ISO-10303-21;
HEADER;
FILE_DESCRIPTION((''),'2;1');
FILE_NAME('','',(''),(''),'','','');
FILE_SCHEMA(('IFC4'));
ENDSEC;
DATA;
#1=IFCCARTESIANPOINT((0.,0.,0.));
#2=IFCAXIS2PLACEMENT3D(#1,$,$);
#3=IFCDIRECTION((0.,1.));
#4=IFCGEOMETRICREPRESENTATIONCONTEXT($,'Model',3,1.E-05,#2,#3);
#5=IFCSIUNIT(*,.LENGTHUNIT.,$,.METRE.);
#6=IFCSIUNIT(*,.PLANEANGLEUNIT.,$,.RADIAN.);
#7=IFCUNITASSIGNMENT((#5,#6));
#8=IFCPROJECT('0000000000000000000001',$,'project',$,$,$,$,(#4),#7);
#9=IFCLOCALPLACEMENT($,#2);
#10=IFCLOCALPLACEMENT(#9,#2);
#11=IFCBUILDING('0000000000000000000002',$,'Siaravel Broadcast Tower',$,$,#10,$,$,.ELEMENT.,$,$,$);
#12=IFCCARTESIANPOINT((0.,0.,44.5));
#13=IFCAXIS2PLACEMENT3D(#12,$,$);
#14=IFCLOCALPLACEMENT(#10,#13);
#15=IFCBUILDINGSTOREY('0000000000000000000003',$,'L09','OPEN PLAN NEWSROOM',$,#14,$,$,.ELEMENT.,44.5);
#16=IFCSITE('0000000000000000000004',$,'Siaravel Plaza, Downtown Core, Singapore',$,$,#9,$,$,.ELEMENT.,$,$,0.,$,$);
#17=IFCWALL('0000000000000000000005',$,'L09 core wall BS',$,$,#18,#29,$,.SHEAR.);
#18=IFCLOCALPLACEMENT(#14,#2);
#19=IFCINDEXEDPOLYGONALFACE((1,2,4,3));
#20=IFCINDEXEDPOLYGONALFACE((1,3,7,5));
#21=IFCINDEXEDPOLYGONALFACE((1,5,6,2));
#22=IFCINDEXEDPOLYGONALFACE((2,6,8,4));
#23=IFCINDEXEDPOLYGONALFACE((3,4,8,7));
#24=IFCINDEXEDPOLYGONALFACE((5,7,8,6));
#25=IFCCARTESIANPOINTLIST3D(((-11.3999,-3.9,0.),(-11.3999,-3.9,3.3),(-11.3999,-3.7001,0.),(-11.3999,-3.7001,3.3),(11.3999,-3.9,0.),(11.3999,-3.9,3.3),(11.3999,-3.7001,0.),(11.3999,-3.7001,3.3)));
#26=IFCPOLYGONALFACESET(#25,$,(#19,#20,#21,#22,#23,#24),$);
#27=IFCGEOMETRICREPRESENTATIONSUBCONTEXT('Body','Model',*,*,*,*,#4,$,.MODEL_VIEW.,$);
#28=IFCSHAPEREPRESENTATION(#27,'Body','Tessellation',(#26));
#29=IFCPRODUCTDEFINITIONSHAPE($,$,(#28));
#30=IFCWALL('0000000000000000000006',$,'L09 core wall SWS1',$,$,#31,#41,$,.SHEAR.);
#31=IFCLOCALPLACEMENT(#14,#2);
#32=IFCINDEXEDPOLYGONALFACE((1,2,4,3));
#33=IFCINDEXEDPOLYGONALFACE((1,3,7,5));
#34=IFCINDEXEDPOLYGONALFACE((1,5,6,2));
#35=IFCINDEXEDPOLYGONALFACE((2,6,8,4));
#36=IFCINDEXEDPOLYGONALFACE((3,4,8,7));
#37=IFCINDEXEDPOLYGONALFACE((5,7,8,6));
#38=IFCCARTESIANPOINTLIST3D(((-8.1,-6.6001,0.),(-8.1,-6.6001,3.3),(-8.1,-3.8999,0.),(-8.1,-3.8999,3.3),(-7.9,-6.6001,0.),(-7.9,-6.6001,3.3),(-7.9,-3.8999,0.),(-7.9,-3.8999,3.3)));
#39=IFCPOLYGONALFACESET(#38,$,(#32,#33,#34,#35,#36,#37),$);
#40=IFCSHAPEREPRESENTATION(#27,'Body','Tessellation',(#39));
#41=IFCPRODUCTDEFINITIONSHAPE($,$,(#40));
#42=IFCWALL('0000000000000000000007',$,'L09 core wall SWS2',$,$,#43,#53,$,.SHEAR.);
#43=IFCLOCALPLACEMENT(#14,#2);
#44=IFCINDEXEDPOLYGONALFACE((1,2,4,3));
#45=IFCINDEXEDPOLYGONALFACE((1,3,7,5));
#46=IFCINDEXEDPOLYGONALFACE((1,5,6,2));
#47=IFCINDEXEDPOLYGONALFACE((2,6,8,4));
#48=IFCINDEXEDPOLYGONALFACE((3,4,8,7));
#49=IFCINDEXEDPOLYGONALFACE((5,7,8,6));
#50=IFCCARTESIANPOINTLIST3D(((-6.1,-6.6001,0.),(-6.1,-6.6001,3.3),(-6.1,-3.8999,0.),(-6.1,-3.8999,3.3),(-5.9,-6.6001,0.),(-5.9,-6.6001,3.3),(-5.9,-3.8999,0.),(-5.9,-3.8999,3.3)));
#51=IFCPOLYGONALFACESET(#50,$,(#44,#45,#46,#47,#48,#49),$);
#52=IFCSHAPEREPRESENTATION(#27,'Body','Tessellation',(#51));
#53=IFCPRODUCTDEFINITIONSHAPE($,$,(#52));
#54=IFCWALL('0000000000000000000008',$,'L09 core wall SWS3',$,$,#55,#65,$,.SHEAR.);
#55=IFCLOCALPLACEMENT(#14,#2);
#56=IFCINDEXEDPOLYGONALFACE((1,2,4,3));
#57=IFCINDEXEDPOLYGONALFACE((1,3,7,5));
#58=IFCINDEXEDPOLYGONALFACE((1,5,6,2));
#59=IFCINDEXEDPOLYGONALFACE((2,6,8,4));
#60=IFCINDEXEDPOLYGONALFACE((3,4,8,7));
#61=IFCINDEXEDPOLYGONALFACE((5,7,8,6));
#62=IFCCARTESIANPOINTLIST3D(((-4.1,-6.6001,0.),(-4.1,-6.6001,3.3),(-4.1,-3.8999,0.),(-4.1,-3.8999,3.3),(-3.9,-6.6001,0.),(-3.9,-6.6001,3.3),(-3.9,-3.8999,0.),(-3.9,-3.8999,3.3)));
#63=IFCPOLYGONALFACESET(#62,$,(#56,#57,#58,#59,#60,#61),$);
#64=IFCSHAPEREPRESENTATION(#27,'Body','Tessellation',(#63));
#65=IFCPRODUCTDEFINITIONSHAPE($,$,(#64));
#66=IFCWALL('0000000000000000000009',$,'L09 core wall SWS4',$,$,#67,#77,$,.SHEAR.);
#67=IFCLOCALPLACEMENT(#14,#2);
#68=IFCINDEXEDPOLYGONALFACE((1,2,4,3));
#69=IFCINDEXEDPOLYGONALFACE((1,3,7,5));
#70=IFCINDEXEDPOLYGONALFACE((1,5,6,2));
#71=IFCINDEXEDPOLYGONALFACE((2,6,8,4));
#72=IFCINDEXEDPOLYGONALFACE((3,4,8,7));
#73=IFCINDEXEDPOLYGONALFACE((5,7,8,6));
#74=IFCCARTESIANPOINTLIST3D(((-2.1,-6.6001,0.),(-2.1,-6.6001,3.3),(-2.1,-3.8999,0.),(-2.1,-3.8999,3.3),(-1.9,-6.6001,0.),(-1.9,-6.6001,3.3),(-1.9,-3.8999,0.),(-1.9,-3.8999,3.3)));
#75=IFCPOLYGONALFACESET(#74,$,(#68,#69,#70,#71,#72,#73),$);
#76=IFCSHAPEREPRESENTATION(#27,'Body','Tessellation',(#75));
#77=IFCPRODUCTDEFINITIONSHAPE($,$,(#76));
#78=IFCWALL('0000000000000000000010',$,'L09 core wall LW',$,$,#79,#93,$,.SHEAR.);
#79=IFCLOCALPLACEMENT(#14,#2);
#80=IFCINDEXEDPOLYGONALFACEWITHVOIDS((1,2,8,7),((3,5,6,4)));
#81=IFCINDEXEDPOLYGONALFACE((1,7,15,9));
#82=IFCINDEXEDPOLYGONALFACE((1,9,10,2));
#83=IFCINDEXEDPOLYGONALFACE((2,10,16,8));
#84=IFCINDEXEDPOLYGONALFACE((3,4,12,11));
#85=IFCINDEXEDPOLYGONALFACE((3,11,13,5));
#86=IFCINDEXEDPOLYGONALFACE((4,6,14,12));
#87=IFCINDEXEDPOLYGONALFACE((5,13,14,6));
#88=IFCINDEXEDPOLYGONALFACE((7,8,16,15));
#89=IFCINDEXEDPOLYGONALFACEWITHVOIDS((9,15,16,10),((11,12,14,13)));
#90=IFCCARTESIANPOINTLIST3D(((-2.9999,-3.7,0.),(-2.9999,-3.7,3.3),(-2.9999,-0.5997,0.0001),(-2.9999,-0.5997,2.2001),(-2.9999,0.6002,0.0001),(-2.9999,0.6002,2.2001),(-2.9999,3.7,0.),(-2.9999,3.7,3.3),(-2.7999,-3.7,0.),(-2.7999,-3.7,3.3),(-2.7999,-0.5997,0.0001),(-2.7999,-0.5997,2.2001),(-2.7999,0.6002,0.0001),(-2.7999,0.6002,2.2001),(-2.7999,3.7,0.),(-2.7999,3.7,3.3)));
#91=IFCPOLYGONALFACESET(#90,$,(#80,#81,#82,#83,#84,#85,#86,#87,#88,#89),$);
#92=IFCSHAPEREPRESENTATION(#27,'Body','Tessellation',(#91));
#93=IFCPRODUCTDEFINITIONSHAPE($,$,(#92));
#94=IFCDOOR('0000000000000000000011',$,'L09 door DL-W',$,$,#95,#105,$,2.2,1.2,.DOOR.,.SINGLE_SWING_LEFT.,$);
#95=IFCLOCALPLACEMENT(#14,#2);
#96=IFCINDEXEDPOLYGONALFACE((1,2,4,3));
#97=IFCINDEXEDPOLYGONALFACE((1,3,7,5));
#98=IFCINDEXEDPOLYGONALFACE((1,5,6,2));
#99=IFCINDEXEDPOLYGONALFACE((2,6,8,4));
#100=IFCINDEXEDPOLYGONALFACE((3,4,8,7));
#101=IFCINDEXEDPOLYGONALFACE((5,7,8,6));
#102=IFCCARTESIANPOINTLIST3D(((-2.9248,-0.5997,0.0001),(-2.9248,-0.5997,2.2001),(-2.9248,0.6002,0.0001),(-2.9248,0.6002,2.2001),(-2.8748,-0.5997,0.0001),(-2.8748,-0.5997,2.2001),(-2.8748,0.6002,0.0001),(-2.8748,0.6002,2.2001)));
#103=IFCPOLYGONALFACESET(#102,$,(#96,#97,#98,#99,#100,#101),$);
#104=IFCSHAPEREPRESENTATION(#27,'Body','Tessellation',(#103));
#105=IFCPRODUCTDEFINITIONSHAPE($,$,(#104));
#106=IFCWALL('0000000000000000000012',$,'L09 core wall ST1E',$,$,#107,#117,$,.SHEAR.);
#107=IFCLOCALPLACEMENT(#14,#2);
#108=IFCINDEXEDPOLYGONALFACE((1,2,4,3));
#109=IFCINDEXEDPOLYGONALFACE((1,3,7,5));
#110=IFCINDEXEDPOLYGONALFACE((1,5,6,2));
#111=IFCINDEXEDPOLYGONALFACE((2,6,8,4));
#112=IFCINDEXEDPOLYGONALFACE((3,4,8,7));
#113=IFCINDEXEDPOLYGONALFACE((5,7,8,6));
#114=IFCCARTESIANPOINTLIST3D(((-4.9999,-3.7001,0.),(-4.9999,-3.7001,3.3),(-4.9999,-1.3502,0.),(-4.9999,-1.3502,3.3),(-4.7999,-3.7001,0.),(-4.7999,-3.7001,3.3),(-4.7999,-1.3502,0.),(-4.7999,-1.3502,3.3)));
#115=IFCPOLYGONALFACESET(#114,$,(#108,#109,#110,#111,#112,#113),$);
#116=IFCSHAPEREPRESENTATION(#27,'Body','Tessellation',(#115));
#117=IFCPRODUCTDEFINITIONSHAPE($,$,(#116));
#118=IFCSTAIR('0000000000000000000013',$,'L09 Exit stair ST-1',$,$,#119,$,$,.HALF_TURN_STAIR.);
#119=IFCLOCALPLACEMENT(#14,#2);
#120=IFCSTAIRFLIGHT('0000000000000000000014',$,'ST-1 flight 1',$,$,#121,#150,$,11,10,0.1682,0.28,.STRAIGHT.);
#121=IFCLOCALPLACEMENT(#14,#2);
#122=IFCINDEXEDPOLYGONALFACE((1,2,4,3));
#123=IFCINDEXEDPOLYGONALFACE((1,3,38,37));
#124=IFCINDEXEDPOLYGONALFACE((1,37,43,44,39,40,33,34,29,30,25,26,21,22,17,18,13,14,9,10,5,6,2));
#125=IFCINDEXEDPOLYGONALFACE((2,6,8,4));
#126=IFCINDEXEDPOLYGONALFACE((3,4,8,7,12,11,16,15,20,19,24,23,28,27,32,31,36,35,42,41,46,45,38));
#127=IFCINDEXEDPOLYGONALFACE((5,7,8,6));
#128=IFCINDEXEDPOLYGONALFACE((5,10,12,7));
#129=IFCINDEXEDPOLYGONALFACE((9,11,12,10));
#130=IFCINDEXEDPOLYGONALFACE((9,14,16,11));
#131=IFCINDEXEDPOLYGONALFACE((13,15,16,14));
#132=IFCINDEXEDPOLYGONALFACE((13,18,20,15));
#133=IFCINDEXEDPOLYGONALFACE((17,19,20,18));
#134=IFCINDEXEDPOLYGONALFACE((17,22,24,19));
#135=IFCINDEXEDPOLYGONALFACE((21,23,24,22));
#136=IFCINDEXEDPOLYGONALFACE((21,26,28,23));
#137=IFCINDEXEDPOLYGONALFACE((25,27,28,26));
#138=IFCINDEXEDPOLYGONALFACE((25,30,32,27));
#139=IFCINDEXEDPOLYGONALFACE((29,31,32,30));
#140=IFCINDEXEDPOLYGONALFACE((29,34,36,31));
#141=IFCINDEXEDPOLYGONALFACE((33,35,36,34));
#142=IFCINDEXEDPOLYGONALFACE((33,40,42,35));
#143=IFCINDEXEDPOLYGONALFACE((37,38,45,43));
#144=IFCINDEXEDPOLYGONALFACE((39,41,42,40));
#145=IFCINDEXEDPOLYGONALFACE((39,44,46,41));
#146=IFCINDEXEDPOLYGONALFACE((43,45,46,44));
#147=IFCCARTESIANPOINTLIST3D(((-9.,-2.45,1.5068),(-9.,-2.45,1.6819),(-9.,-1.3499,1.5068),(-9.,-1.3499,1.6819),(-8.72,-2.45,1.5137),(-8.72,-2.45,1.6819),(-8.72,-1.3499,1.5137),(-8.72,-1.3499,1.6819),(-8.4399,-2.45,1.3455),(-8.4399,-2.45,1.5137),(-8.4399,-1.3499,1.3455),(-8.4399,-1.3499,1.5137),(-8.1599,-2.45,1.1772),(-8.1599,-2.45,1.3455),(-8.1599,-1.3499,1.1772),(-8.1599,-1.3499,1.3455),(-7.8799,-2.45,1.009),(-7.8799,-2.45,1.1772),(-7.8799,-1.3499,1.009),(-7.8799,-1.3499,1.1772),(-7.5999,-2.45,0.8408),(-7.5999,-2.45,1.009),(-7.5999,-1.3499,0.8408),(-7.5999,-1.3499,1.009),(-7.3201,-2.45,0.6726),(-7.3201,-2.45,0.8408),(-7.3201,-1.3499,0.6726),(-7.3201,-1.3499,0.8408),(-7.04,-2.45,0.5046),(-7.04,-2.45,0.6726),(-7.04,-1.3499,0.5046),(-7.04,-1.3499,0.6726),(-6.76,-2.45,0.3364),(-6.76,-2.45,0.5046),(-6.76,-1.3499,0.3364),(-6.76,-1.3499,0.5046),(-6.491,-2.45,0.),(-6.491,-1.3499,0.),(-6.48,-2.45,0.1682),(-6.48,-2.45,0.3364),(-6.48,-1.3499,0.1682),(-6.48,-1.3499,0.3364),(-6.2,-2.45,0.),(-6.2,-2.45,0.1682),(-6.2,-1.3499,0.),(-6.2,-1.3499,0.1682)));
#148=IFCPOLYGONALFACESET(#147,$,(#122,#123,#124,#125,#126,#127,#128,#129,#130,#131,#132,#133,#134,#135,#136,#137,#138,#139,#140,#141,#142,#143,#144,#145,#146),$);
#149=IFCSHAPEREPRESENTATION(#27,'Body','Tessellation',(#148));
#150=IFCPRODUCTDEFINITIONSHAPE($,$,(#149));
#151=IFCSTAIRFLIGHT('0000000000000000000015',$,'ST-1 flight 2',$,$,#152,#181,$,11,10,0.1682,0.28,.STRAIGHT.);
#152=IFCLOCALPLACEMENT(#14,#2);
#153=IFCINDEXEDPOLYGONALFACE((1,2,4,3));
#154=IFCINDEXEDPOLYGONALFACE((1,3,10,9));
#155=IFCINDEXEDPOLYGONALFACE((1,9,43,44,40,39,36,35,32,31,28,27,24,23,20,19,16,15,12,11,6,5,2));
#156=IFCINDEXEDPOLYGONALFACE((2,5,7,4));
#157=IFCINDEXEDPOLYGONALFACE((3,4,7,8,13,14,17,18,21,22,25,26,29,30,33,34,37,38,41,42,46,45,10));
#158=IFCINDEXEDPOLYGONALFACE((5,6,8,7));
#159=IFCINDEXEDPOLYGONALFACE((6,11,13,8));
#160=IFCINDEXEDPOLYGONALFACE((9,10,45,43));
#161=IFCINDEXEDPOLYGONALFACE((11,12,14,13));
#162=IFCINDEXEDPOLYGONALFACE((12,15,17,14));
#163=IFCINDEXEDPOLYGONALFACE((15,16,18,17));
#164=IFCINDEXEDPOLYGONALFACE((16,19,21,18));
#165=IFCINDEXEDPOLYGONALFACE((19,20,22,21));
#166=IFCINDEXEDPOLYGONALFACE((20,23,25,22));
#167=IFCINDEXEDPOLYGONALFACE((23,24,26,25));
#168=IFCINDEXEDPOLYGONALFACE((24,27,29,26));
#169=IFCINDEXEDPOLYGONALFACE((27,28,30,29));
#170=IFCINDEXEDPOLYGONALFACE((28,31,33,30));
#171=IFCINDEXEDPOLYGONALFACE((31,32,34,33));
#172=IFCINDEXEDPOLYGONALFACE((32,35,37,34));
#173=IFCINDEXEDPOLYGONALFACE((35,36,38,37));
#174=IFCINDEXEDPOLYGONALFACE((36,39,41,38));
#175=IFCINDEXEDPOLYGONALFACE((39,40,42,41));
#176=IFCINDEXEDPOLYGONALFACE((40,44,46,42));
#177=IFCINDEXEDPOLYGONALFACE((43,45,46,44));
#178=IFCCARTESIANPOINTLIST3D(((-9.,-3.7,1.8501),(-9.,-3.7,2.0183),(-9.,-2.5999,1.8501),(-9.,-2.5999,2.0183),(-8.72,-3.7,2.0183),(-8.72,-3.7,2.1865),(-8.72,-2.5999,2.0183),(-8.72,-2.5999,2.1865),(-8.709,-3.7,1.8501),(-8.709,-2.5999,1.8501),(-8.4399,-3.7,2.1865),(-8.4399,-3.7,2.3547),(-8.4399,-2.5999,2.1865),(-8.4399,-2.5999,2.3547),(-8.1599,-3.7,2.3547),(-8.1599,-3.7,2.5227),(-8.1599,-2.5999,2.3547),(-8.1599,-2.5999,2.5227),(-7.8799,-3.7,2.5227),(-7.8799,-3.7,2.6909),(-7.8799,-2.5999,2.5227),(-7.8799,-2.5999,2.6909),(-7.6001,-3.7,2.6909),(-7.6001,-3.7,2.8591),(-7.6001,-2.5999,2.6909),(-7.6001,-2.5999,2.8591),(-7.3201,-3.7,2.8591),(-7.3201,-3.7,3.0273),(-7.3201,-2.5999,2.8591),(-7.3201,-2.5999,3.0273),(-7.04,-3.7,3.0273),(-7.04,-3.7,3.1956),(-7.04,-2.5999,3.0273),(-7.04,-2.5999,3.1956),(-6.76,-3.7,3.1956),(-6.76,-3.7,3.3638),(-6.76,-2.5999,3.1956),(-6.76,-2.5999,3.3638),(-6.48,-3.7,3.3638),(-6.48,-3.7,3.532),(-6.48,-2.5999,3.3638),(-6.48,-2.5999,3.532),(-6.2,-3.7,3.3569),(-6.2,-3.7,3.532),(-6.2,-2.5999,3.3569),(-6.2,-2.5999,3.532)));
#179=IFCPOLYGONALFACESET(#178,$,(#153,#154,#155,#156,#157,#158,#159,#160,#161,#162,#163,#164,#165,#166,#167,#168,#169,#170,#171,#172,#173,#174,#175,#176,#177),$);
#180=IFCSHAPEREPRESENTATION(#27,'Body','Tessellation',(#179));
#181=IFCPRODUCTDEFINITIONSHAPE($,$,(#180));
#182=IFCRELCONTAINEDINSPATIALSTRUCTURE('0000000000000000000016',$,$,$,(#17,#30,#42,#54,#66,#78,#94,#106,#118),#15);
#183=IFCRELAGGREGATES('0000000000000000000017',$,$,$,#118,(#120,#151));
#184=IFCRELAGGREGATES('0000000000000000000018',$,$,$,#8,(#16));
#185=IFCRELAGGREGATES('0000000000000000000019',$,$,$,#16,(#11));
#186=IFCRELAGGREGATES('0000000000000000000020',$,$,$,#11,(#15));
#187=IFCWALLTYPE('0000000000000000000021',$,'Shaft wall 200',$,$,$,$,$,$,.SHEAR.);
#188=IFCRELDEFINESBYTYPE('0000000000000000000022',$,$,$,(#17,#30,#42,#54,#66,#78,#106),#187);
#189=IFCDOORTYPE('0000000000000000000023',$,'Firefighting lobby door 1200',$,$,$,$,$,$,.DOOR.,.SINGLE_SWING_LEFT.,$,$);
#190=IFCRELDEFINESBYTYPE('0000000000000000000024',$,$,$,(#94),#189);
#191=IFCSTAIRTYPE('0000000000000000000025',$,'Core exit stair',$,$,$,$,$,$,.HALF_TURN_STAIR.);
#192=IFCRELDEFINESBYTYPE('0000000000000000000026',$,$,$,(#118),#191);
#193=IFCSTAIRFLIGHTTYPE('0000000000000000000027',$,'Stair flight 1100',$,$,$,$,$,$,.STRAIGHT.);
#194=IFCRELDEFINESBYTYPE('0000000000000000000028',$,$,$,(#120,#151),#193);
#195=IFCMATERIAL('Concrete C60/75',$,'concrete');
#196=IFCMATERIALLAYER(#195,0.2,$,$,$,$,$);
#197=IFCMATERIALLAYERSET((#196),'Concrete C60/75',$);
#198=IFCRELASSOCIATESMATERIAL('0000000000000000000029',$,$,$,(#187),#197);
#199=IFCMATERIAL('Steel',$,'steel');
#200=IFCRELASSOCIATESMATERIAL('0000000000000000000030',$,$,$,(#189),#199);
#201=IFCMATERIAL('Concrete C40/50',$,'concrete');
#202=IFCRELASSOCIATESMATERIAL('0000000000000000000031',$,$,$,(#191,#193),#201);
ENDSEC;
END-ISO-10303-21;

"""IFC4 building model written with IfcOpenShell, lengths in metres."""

from ifc_helpers import new_model, si_unit, direction, frame, frame_2d, origin, place, context, subcontext, project, spatial, polyline, rectangle, outline, extrude, material, layer, layer_set, type_object, element, fill, aggregate, save


model = new_model("IFC4")

# Units and contexts
model_context = context("Model", 3, precision=1e-05, world=origin(), true_north=direction((0.0, 1.0)))
body_context = subcontext(model_context, "Body", "Model", "MODEL_VIEW")
ifc_project = project(units=[si_unit("LENGTHUNIT", "METRE"), si_unit("PLANEANGLEUNIT", "RADIAN")], contexts=[model_context])

# Site, building, storey
site_placement = place(None, origin())
site = spatial("IfcSite", under=ifc_project, at=site_placement, Name="Siaravel Plaza, Downtown Core, Singapore", CompositionType="ELEMENT", RefElevation=0.0)
building_placement = place(site_placement, origin())
building = spatial("IfcBuilding", under=site, at=building_placement, Name="Siaravel Broadcast Tower", CompositionType="ELEMENT")
storey_placement = place(building_placement, frame((0.0, 0.0, 44.5)))
storey = spatial("IfcBuildingStorey", under=building, at=storey_placement, Name="L09", Description="OPEN PLAN NEWSROOM", CompositionType="ELEMENT", Elevation=44.5)

# Walls
ifc_material_1 = material(Name="Concrete C60/75", Category="concrete")
ifc_layer = layer(ifc_material_1, 0.2)
ifc_layer_set = layer_set([ifc_layer], Name="Concrete C60/75")
wall_type = type_object("IfcWallType", Name="Shaft wall 200", PredefinedType="SHEAR", material=ifc_layer_set)
wall_1_placement = place(storey_placement, frame((-11.3999, -3.8, 0.0), z_axis=(0.0, 0.0, 1.0), x_axis=(1.0, 0.0, 0.0)))
element("IfcWall", 1, at=wall_1_placement, inside=storey, type_object=wall_type, Name="L09 core wall BS", PredefinedType="SHEAR", context=body_context, shape_type="SweptSolid", body=[
    extrude(rectangle(XDim=22.7998, YDim=0.2, at=frame_2d((11.3999, 0.0))), origin(), (0.0, 0.0, 1.0), 3.3),
])
for number, where, z_axis, x_axis, name in (
    (2, (-8.0, -6.6001, 0.0), (0.0, 0.0, 1.0), (0.0, 1.0, 0.0), "L09 core wall SWS1"),
    (3, (-6.0, -6.6001, 0.0), (0.0, 0.0, 1.0), (0.0, 1.0, 0.0), "L09 core wall SWS2"),
    (4, (-4.0, -6.6001, 0.0), (0.0, 0.0, 1.0), (0.0, 1.0, 0.0), "L09 core wall SWS3"),
    (5, (-2.0, -6.6001, 0.0), (0.0, 0.0, 1.0), (0.0, 1.0, 0.0), "L09 core wall SWS4"),
):
    element("IfcWall", number, at=place(storey_placement, frame(where, z_axis=z_axis, x_axis=x_axis)), inside=storey, type_object=wall_type, Name=name, PredefinedType="SHEAR", context=body_context, shape_type="SweptSolid", body=[
        extrude(rectangle(XDim=2.7002, YDim=0.2, at=frame_2d((1.3501, 0.0))), origin(), (0.0, 0.0, 1.0), 3.3),
    ])

# Wall, opening, door
wall_2_placement = place(storey_placement, frame((-2.8999, -3.7, 0.0), z_axis=(0.0, 0.0, 1.0), x_axis=(0.0, 1.0, 0.0)))
wall_2 = element("IfcWall", 6, at=wall_2_placement, inside=storey, type_object=wall_type, Name="L09 core wall LW", PredefinedType="SHEAR", context=body_context, shape_type="SweptSolid", body=[
    extrude(rectangle(XDim=7.3999, YDim=0.2, at=frame_2d((3.7, 0.0))), origin(), (0.0, 0.0, 1.0), 3.3),
])
opening_placement = place(wall_2_placement, frame((3.1001, 0.0, 0.0)))
opening = element("IfcOpeningElement", 7, at=opening_placement, cuts=wall_2, PredefinedType="OPENING", context=body_context, shape_type="SweptSolid", body=[
    extrude(rectangle(XDim=1.2, YDim=2.2, at=frame_2d((0.6001, 1.1001))), frame((0.0, 0.1099, 0.0), z_axis=(0.0, -1.0, 0.0), x_axis=(1.0, 0.0, 0.0)), (0.0, 0.0, 1.0), 0.22),
])
ifc_material_2 = material(Name="Steel", Category="steel")
door_type = type_object("IfcDoorType", Name="Firefighting lobby door 1200", OperationType="SINGLE_SWING_LEFT", PredefinedType="DOOR", material=ifc_material_2)
door_placement = place(opening_placement, origin())
door = element("IfcDoor", 8, at=door_placement, inside=storey, type_object=door_type, Name="L09 door DL-W", OperationType="SINGLE_SWING_LEFT", OverallHeight=2.2, OverallWidth=1.2, PredefinedType="DOOR", context=body_context, shape_type="SweptSolid", body=[
    extrude(rectangle(XDim=1.2, YDim=2.2, at=frame_2d((0.6001, 1.1001))), frame((0.0, 0.0249, 0.0), z_axis=(0.0, -1.0, 0.0), x_axis=(1.0, 0.0, 0.0)), (0.0, 0.0, 1.0), 0.05),
])
fill(opening, door)

# Wall
wall_3_placement = place(storey_placement, frame((-4.8999, -3.7, 0.0), z_axis=(0.0, 0.0, 1.0), x_axis=(0.0, 1.0, 0.0)))
element("IfcWall", 9, at=wall_3_placement, inside=storey, type_object=wall_type, Name="L09 core wall ST1E", PredefinedType="SHEAR", context=body_context, shape_type="SweptSolid", body=[
    extrude(rectangle(XDim=2.3499, YDim=0.2, at=frame_2d((1.1748, 0.0))), origin(), (0.0, 0.0, 1.0), 3.3),
])

# Stair, stair flights
ifc_material_3 = material(Name="Concrete C40/50", Category="concrete")
stair_type = type_object("IfcStairType", Name="Core exit stair", PredefinedType="HALF_TURN_STAIR", material=ifc_material_3)
stair_placement = place(storey_placement, origin())
stair = element("IfcStair", 10, at=stair_placement, inside=storey, type_object=stair_type, Name="L09 Exit stair ST-1", PredefinedType="HALF_TURN_STAIR")
stair_flight_type = type_object("IfcStairFlightType", Name="Stair flight 1100", PredefinedType="STRAIGHT", material=ifc_material_3)
stair_flight_1_placement = place(storey_placement, frame((-6.2, -1.8999, 0.0), z_axis=(0.0, 0.0, 1.0), x_axis=(-1.0, 0.0, 0.0)))
stair_flight_1 = element("IfcStairFlight", 11, at=stair_flight_1_placement, type_object=stair_flight_type, Name="ST-1 flight 1", NumberOfRisers=11, NumberOfTreads=10, PredefinedType="STRAIGHT", RiserHeight=0.1682, TreadLength=0.28, context=body_context, shape_type="SweptSolid", body=[
    extrude(outline(polyline([(0.0, 0.0), (0.0, 0.1682), (0.28, 0.1682), (0.28, 0.3364), (0.5601, 0.3364), (0.5601, 0.5046), (0.8401, 0.5046), (0.8401, 0.6726), (1.1201, 0.6726), (1.1201, 0.8408), (1.3999, 0.8408), (1.3999, 1.009), (1.6799, 1.009), (1.6799, 1.1772), (1.96, 1.1772), (1.96, 1.3455), (2.24, 1.3455), (2.24, 1.5137), (2.52, 1.5137), (2.52, 1.6819), (2.8, 1.6819), (2.8, 1.8501), (2.8, 1.5068), (0.291, 0.0), (0.0, 0.0)])), frame((0.0, 0.55, 0.0), z_axis=(0.0, -1.0, 0.0), x_axis=(1.0, 0.0, 0.0)), (0.0, 0.0, 1.0), 1.1001),
])
stair_flight_2_placement = place(storey_placement, frame((-9.0, -3.1499, 1.8501), z_axis=(0.0, 0.0, 1.0), x_axis=(1.0, 0.0, 0.0)))
stair_flight_2 = element("IfcStairFlight", 12, at=stair_flight_2_placement, type_object=stair_flight_type, Name="ST-1 flight 2", NumberOfRisers=11, NumberOfTreads=10, PredefinedType="STRAIGHT", RiserHeight=0.1682, TreadLength=0.28, context=body_context, shape_type="SweptSolid", body=[
    extrude(outline(polyline([(0.0, 0.0), (0.0, 0.1682), (0.28, 0.1682), (0.28, 0.3364), (0.5601, 0.3364), (0.5601, 0.5046), (0.8401, 0.5046), (0.8401, 0.6726), (1.1201, 0.6726), (1.1201, 0.8408), (1.3999, 0.8408), (1.3999, 1.009), (1.6799, 1.009), (1.6799, 1.1772), (1.96, 1.1772), (1.96, 1.3455), (2.24, 1.3455), (2.24, 1.5137), (2.52, 1.5137), (2.52, 1.6819), (2.8, 1.6819), (2.8, 1.8501), (2.8, 1.5068), (0.291, 0.0), (0.0, 0.0)])), frame((0.0, 0.55, 0.0), z_axis=(0.0, -1.0, 0.0), x_axis=(1.0, 0.0, 0.0)), (0.0, 0.0, 1.0), 1.1001),
])
aggregate(stair, [stair_flight_1, stair_flight_2])

save(model, "model.ifc")
